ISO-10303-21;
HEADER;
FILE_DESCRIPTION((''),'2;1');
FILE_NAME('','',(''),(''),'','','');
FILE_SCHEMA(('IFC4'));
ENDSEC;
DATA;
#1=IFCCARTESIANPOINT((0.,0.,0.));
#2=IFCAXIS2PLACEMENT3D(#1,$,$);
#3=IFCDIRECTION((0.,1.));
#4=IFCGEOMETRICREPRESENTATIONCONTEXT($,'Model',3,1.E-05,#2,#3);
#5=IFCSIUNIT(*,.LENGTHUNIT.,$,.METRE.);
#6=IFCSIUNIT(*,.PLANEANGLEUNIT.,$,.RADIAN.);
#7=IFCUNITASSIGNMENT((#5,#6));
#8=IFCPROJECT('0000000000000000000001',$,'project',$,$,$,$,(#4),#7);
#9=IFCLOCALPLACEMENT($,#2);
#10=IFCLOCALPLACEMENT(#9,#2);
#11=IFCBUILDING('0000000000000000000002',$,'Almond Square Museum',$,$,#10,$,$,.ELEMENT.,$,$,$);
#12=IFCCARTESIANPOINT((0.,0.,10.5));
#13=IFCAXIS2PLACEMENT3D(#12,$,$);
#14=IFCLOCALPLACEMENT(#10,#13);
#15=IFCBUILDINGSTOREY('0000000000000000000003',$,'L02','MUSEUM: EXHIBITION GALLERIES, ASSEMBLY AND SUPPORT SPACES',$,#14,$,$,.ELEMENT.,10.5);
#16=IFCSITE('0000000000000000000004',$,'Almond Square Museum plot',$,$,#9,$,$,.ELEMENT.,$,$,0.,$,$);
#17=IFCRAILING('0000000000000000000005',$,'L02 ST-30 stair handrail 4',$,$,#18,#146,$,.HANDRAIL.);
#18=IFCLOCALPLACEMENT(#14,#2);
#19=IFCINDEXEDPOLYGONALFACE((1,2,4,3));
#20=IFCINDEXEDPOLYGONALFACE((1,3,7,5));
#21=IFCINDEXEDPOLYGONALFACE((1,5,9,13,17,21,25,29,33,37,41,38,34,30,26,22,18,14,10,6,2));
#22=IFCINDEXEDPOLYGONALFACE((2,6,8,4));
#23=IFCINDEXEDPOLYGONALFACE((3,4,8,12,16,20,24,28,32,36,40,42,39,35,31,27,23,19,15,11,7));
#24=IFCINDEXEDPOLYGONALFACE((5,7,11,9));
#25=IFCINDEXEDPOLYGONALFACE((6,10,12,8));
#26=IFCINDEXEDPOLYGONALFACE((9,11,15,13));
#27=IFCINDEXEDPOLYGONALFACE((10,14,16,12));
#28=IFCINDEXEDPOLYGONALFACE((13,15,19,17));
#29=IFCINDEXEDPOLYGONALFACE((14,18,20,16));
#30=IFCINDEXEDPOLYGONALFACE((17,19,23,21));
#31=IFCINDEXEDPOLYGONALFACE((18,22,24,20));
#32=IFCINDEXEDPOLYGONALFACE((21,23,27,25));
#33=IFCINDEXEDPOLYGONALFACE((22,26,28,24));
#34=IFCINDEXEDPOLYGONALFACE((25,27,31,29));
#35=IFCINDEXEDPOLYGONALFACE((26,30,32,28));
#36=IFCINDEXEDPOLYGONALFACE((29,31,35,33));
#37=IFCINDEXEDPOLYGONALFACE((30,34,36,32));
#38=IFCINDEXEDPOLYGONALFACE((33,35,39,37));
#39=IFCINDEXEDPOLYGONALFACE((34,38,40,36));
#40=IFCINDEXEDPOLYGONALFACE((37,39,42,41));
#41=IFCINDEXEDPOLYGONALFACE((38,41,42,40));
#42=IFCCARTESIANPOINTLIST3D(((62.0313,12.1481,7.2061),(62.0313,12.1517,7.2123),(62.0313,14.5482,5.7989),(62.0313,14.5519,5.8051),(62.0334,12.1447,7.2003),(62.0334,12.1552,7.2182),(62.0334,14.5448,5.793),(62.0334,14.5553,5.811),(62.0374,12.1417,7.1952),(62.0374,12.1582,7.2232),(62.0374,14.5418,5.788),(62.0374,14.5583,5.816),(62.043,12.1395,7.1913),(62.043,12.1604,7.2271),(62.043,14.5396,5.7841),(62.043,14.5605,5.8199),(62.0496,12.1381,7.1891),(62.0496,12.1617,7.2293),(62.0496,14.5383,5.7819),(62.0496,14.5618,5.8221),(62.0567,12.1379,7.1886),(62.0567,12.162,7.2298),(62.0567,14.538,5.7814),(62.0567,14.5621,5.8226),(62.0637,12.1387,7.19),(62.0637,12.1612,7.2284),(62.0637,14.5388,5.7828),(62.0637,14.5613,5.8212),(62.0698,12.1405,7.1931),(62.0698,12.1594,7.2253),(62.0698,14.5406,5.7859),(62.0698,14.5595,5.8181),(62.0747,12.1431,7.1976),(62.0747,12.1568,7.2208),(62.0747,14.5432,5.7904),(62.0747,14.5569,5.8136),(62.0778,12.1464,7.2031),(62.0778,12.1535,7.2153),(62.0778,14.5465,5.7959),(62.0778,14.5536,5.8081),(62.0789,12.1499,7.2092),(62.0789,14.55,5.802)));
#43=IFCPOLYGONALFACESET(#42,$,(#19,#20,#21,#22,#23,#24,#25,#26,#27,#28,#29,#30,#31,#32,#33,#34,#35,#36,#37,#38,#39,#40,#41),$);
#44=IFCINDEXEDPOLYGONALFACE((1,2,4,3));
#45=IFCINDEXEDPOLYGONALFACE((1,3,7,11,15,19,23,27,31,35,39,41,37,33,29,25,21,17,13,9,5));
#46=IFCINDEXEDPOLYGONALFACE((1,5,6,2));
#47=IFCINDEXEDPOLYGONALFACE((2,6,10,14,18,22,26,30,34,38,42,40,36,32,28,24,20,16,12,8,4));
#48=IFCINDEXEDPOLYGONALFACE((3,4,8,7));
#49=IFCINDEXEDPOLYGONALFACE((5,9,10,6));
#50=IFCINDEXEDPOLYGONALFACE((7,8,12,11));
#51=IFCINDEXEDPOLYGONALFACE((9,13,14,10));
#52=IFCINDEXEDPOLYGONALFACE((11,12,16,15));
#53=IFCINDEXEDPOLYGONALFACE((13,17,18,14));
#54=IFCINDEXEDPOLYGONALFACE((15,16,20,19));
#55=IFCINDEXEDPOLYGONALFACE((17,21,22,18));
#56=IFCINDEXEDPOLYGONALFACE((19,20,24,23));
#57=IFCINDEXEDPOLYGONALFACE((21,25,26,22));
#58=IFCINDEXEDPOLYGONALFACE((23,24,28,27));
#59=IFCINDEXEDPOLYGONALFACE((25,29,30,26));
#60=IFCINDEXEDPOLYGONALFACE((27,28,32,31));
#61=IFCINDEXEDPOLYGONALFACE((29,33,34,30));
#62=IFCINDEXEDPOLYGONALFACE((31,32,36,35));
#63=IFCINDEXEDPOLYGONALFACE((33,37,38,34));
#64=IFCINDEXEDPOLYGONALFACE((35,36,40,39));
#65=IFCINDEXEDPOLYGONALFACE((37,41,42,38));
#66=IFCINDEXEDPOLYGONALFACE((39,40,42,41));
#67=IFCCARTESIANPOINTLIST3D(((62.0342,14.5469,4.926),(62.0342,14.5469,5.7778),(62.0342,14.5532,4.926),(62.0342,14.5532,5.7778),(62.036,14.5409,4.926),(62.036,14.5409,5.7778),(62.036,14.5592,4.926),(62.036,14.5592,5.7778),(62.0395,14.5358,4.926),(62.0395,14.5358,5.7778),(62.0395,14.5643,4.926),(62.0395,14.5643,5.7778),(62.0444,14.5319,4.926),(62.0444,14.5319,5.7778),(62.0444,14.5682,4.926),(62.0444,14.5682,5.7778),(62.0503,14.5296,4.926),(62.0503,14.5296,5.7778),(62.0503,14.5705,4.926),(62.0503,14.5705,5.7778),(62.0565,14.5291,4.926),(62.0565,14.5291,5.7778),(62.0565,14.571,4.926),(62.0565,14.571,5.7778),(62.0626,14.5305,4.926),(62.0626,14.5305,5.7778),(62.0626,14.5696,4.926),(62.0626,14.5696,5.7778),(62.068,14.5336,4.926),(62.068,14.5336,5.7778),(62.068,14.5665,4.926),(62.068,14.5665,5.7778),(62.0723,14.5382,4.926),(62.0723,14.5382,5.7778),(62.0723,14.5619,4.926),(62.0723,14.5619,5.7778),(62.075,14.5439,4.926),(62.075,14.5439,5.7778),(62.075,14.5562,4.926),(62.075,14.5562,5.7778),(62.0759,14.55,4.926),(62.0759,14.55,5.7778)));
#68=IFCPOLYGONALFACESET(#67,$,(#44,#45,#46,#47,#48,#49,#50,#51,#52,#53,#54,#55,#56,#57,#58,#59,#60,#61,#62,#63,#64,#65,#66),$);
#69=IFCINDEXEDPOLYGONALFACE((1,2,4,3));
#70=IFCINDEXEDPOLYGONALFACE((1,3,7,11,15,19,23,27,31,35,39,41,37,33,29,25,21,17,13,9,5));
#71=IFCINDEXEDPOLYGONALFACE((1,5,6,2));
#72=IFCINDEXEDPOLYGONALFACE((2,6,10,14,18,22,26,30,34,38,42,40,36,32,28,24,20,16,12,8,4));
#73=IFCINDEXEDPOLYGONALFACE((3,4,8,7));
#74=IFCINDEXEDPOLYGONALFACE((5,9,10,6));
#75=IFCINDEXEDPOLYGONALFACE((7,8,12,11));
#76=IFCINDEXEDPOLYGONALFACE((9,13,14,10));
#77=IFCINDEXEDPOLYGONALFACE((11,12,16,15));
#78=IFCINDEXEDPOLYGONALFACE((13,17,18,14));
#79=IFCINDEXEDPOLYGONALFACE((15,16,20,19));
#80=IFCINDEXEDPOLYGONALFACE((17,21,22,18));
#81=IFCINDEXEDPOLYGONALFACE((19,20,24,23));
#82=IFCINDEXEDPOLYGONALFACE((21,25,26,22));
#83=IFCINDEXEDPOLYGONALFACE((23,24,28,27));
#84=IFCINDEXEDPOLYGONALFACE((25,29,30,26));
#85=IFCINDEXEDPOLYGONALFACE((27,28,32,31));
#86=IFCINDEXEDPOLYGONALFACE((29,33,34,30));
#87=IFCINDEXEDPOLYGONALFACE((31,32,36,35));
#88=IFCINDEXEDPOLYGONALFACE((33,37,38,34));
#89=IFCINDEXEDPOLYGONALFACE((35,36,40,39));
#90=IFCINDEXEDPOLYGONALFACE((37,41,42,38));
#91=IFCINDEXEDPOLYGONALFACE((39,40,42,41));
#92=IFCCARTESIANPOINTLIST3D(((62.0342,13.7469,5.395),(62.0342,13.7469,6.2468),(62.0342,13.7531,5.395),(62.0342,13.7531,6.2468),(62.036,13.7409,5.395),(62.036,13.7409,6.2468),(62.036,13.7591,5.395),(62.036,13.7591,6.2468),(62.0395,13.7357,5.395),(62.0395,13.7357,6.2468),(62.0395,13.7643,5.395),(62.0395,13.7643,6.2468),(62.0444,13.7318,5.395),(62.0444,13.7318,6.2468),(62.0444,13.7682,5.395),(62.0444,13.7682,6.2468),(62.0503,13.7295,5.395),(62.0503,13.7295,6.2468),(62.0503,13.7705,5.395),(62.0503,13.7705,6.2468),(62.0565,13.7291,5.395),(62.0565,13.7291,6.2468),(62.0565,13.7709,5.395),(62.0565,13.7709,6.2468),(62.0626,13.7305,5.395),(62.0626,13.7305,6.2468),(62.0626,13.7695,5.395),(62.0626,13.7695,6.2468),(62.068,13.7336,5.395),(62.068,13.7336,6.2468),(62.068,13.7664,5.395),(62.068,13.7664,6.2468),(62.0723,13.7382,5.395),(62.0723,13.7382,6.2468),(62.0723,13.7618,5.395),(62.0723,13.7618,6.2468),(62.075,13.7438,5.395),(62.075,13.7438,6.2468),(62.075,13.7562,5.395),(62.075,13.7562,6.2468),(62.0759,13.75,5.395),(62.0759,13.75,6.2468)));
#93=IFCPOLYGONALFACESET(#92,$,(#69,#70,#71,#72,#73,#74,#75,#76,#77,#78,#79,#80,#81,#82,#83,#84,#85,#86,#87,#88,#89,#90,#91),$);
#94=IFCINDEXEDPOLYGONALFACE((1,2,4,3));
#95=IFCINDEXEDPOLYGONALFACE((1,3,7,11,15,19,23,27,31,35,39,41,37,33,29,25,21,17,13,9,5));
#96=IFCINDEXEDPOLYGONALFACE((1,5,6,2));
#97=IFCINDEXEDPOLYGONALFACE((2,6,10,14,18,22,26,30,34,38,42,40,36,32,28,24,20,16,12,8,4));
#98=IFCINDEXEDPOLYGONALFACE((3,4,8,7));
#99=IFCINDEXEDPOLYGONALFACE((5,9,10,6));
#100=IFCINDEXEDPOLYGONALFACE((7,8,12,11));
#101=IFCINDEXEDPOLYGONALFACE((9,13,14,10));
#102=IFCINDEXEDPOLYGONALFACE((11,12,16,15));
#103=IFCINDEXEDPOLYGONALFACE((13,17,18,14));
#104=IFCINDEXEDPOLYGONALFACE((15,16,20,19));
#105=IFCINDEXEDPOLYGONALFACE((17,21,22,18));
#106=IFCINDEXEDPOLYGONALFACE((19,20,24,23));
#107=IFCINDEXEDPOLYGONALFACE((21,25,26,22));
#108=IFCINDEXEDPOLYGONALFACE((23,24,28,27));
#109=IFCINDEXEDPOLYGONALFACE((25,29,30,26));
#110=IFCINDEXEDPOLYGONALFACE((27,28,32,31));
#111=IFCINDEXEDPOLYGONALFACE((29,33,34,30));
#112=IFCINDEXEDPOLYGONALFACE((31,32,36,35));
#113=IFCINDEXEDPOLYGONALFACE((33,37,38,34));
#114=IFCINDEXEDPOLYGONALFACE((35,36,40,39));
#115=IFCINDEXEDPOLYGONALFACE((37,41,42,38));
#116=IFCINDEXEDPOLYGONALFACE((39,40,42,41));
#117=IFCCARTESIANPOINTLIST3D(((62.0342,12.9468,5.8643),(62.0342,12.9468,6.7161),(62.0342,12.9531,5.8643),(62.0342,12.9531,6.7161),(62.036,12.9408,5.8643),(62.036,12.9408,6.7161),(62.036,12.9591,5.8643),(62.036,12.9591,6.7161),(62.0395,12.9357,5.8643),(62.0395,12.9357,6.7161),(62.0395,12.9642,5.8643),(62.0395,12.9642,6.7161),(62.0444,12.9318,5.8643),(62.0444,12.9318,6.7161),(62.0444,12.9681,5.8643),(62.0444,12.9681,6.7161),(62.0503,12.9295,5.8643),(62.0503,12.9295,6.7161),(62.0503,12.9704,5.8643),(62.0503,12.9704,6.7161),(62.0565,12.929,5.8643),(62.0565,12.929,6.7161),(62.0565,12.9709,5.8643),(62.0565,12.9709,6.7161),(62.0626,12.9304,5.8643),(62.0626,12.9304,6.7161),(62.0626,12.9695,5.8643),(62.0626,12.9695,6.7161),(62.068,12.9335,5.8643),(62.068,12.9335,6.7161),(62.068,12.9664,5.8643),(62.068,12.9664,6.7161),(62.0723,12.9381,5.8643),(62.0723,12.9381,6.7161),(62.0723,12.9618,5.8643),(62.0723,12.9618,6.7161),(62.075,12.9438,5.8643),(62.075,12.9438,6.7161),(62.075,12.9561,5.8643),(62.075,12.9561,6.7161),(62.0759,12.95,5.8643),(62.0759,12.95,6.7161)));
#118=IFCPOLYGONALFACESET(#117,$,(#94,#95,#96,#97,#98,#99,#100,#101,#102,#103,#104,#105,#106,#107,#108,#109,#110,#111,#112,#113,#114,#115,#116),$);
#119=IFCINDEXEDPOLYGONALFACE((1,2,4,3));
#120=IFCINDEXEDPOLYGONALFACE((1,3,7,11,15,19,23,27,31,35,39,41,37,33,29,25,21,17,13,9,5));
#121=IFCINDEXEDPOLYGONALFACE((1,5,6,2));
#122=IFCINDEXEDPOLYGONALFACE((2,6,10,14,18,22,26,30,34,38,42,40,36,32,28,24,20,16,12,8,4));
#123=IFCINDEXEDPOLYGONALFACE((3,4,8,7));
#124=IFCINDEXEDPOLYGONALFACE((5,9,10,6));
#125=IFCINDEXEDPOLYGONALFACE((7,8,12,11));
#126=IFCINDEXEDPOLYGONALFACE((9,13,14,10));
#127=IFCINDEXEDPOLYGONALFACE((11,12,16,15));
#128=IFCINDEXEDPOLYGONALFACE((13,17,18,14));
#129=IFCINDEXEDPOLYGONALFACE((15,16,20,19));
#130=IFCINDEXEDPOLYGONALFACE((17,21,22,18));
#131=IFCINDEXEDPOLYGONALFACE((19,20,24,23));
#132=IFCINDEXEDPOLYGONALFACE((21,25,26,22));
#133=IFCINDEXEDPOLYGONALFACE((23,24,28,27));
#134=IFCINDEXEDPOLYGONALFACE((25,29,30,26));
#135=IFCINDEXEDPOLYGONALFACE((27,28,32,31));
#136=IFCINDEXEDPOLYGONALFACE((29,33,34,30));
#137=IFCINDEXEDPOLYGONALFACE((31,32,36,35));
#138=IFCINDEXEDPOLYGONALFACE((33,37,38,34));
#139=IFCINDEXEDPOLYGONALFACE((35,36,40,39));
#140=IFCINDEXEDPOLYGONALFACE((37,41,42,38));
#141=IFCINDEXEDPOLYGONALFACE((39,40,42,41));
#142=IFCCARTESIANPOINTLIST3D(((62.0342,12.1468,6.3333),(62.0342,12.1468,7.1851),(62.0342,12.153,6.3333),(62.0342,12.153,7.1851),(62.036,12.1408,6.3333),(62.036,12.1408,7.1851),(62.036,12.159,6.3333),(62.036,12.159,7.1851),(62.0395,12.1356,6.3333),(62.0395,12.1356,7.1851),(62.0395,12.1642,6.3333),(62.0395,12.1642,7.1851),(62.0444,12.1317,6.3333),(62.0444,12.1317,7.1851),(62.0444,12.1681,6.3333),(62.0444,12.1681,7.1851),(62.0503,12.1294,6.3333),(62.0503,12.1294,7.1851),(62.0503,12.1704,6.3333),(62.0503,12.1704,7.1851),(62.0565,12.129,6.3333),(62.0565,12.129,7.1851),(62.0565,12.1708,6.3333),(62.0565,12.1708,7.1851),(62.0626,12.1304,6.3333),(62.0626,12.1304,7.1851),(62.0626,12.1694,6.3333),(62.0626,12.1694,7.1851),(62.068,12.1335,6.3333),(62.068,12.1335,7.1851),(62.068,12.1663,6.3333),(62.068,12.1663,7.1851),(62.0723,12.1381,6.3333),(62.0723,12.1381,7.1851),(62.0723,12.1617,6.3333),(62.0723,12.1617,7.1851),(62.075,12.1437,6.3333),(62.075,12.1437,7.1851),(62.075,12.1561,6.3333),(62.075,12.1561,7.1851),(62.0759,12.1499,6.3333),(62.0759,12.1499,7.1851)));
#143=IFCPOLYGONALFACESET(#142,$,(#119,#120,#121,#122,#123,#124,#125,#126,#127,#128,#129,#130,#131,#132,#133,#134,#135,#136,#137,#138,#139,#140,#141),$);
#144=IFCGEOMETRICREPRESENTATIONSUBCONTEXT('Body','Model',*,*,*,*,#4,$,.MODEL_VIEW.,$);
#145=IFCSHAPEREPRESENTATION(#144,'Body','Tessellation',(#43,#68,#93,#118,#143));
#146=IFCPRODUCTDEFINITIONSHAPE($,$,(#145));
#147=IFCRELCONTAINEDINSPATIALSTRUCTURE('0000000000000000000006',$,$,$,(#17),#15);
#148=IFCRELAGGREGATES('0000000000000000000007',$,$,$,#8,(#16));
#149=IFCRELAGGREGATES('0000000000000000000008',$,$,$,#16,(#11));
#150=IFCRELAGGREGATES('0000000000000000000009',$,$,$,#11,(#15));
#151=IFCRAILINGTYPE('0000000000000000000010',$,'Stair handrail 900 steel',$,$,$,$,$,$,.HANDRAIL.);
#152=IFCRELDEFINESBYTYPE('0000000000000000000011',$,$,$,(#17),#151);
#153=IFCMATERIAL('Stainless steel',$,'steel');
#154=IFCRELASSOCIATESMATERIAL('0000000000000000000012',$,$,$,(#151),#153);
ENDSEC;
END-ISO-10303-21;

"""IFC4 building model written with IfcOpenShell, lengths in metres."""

from ifc_helpers import new_model, si_unit, direction, frame, origin, origin_2d, place, context, subcontext, project, spatial, circle, extrude, material, type_object, element, save


model = new_model("IFC4")

# Units and contexts
model_context = context("Model", 3, precision=1e-05, world=origin(), true_north=direction((0.0, 1.0)))
body_context = subcontext(model_context, "Body", "Model", "MODEL_VIEW")
ifc_project = project(units=[si_unit("LENGTHUNIT", "METRE"), si_unit("PLANEANGLEUNIT", "RADIAN")], contexts=[model_context])

# Site, building, storey
site_placement = place(None, origin())
site = spatial("IfcSite", under=ifc_project, at=site_placement, Name="Almond Square Museum plot", CompositionType="ELEMENT", RefElevation=0.0)
building_placement = place(site_placement, origin())
building = spatial("IfcBuilding", under=site, at=building_placement, Name="Almond Square Museum", CompositionType="ELEMENT")
storey_placement = place(building_placement, frame((0.0, 0.0, 10.5)))
storey = spatial("IfcBuildingStorey", under=building, at=storey_placement, Name="L02", Description="MUSEUM: EXHIBITION GALLERIES, ASSEMBLY AND SUPPORT SPACES", CompositionType="ELEMENT", Elevation=10.5)

# Railing
ifc_material_1 = material(Name="Stainless steel", Category="steel")
railing_type_1 = type_object("IfcRailingType", Name="Stair handrail 900 steel", PredefinedType="HANDRAIL", material=ifc_material_1)
railing_1_placement = place(storey_placement, frame((62.0549, 14.55, 4.926)))
element("IfcRailing", 1, at=railing_1_placement, inside=storey, type_object=railing_type_1, Name="L02 ST-30 stair handrail 4", PredefinedType="HANDRAIL", context=body_context, shape_type="SweptSolid", body=[
    extrude(circle(Radius=0.0239, at=origin_2d()), frame((0.0, 0.0, 0.876), z_axis=(0.0, -0.86266, 0.505785), x_axis=(1.0, 0.0, 0.0)), (0.0, 0.0, 1.0), 2.7822),
    extrude(circle(Radius=0.021, at=origin_2d()), origin(), (0.0, 0.0, 1.0), 0.8518),
    extrude(circle(Radius=0.021, at=origin_2d()), frame((0.0, -0.8, 0.469)), (0.0, 0.0, 1.0), 0.8518),
    extrude(circle(Radius=0.021, at=origin_2d()), frame((0.0, -1.6001, 0.9382)), (0.0, 0.0, 1.0), 0.8518),
    extrude(circle(Radius=0.021, at=origin_2d()), frame((0.0, -2.4001, 1.4072)), (0.0, 0.0, 1.0), 0.8518),
])

save(model, "model.ifc")
